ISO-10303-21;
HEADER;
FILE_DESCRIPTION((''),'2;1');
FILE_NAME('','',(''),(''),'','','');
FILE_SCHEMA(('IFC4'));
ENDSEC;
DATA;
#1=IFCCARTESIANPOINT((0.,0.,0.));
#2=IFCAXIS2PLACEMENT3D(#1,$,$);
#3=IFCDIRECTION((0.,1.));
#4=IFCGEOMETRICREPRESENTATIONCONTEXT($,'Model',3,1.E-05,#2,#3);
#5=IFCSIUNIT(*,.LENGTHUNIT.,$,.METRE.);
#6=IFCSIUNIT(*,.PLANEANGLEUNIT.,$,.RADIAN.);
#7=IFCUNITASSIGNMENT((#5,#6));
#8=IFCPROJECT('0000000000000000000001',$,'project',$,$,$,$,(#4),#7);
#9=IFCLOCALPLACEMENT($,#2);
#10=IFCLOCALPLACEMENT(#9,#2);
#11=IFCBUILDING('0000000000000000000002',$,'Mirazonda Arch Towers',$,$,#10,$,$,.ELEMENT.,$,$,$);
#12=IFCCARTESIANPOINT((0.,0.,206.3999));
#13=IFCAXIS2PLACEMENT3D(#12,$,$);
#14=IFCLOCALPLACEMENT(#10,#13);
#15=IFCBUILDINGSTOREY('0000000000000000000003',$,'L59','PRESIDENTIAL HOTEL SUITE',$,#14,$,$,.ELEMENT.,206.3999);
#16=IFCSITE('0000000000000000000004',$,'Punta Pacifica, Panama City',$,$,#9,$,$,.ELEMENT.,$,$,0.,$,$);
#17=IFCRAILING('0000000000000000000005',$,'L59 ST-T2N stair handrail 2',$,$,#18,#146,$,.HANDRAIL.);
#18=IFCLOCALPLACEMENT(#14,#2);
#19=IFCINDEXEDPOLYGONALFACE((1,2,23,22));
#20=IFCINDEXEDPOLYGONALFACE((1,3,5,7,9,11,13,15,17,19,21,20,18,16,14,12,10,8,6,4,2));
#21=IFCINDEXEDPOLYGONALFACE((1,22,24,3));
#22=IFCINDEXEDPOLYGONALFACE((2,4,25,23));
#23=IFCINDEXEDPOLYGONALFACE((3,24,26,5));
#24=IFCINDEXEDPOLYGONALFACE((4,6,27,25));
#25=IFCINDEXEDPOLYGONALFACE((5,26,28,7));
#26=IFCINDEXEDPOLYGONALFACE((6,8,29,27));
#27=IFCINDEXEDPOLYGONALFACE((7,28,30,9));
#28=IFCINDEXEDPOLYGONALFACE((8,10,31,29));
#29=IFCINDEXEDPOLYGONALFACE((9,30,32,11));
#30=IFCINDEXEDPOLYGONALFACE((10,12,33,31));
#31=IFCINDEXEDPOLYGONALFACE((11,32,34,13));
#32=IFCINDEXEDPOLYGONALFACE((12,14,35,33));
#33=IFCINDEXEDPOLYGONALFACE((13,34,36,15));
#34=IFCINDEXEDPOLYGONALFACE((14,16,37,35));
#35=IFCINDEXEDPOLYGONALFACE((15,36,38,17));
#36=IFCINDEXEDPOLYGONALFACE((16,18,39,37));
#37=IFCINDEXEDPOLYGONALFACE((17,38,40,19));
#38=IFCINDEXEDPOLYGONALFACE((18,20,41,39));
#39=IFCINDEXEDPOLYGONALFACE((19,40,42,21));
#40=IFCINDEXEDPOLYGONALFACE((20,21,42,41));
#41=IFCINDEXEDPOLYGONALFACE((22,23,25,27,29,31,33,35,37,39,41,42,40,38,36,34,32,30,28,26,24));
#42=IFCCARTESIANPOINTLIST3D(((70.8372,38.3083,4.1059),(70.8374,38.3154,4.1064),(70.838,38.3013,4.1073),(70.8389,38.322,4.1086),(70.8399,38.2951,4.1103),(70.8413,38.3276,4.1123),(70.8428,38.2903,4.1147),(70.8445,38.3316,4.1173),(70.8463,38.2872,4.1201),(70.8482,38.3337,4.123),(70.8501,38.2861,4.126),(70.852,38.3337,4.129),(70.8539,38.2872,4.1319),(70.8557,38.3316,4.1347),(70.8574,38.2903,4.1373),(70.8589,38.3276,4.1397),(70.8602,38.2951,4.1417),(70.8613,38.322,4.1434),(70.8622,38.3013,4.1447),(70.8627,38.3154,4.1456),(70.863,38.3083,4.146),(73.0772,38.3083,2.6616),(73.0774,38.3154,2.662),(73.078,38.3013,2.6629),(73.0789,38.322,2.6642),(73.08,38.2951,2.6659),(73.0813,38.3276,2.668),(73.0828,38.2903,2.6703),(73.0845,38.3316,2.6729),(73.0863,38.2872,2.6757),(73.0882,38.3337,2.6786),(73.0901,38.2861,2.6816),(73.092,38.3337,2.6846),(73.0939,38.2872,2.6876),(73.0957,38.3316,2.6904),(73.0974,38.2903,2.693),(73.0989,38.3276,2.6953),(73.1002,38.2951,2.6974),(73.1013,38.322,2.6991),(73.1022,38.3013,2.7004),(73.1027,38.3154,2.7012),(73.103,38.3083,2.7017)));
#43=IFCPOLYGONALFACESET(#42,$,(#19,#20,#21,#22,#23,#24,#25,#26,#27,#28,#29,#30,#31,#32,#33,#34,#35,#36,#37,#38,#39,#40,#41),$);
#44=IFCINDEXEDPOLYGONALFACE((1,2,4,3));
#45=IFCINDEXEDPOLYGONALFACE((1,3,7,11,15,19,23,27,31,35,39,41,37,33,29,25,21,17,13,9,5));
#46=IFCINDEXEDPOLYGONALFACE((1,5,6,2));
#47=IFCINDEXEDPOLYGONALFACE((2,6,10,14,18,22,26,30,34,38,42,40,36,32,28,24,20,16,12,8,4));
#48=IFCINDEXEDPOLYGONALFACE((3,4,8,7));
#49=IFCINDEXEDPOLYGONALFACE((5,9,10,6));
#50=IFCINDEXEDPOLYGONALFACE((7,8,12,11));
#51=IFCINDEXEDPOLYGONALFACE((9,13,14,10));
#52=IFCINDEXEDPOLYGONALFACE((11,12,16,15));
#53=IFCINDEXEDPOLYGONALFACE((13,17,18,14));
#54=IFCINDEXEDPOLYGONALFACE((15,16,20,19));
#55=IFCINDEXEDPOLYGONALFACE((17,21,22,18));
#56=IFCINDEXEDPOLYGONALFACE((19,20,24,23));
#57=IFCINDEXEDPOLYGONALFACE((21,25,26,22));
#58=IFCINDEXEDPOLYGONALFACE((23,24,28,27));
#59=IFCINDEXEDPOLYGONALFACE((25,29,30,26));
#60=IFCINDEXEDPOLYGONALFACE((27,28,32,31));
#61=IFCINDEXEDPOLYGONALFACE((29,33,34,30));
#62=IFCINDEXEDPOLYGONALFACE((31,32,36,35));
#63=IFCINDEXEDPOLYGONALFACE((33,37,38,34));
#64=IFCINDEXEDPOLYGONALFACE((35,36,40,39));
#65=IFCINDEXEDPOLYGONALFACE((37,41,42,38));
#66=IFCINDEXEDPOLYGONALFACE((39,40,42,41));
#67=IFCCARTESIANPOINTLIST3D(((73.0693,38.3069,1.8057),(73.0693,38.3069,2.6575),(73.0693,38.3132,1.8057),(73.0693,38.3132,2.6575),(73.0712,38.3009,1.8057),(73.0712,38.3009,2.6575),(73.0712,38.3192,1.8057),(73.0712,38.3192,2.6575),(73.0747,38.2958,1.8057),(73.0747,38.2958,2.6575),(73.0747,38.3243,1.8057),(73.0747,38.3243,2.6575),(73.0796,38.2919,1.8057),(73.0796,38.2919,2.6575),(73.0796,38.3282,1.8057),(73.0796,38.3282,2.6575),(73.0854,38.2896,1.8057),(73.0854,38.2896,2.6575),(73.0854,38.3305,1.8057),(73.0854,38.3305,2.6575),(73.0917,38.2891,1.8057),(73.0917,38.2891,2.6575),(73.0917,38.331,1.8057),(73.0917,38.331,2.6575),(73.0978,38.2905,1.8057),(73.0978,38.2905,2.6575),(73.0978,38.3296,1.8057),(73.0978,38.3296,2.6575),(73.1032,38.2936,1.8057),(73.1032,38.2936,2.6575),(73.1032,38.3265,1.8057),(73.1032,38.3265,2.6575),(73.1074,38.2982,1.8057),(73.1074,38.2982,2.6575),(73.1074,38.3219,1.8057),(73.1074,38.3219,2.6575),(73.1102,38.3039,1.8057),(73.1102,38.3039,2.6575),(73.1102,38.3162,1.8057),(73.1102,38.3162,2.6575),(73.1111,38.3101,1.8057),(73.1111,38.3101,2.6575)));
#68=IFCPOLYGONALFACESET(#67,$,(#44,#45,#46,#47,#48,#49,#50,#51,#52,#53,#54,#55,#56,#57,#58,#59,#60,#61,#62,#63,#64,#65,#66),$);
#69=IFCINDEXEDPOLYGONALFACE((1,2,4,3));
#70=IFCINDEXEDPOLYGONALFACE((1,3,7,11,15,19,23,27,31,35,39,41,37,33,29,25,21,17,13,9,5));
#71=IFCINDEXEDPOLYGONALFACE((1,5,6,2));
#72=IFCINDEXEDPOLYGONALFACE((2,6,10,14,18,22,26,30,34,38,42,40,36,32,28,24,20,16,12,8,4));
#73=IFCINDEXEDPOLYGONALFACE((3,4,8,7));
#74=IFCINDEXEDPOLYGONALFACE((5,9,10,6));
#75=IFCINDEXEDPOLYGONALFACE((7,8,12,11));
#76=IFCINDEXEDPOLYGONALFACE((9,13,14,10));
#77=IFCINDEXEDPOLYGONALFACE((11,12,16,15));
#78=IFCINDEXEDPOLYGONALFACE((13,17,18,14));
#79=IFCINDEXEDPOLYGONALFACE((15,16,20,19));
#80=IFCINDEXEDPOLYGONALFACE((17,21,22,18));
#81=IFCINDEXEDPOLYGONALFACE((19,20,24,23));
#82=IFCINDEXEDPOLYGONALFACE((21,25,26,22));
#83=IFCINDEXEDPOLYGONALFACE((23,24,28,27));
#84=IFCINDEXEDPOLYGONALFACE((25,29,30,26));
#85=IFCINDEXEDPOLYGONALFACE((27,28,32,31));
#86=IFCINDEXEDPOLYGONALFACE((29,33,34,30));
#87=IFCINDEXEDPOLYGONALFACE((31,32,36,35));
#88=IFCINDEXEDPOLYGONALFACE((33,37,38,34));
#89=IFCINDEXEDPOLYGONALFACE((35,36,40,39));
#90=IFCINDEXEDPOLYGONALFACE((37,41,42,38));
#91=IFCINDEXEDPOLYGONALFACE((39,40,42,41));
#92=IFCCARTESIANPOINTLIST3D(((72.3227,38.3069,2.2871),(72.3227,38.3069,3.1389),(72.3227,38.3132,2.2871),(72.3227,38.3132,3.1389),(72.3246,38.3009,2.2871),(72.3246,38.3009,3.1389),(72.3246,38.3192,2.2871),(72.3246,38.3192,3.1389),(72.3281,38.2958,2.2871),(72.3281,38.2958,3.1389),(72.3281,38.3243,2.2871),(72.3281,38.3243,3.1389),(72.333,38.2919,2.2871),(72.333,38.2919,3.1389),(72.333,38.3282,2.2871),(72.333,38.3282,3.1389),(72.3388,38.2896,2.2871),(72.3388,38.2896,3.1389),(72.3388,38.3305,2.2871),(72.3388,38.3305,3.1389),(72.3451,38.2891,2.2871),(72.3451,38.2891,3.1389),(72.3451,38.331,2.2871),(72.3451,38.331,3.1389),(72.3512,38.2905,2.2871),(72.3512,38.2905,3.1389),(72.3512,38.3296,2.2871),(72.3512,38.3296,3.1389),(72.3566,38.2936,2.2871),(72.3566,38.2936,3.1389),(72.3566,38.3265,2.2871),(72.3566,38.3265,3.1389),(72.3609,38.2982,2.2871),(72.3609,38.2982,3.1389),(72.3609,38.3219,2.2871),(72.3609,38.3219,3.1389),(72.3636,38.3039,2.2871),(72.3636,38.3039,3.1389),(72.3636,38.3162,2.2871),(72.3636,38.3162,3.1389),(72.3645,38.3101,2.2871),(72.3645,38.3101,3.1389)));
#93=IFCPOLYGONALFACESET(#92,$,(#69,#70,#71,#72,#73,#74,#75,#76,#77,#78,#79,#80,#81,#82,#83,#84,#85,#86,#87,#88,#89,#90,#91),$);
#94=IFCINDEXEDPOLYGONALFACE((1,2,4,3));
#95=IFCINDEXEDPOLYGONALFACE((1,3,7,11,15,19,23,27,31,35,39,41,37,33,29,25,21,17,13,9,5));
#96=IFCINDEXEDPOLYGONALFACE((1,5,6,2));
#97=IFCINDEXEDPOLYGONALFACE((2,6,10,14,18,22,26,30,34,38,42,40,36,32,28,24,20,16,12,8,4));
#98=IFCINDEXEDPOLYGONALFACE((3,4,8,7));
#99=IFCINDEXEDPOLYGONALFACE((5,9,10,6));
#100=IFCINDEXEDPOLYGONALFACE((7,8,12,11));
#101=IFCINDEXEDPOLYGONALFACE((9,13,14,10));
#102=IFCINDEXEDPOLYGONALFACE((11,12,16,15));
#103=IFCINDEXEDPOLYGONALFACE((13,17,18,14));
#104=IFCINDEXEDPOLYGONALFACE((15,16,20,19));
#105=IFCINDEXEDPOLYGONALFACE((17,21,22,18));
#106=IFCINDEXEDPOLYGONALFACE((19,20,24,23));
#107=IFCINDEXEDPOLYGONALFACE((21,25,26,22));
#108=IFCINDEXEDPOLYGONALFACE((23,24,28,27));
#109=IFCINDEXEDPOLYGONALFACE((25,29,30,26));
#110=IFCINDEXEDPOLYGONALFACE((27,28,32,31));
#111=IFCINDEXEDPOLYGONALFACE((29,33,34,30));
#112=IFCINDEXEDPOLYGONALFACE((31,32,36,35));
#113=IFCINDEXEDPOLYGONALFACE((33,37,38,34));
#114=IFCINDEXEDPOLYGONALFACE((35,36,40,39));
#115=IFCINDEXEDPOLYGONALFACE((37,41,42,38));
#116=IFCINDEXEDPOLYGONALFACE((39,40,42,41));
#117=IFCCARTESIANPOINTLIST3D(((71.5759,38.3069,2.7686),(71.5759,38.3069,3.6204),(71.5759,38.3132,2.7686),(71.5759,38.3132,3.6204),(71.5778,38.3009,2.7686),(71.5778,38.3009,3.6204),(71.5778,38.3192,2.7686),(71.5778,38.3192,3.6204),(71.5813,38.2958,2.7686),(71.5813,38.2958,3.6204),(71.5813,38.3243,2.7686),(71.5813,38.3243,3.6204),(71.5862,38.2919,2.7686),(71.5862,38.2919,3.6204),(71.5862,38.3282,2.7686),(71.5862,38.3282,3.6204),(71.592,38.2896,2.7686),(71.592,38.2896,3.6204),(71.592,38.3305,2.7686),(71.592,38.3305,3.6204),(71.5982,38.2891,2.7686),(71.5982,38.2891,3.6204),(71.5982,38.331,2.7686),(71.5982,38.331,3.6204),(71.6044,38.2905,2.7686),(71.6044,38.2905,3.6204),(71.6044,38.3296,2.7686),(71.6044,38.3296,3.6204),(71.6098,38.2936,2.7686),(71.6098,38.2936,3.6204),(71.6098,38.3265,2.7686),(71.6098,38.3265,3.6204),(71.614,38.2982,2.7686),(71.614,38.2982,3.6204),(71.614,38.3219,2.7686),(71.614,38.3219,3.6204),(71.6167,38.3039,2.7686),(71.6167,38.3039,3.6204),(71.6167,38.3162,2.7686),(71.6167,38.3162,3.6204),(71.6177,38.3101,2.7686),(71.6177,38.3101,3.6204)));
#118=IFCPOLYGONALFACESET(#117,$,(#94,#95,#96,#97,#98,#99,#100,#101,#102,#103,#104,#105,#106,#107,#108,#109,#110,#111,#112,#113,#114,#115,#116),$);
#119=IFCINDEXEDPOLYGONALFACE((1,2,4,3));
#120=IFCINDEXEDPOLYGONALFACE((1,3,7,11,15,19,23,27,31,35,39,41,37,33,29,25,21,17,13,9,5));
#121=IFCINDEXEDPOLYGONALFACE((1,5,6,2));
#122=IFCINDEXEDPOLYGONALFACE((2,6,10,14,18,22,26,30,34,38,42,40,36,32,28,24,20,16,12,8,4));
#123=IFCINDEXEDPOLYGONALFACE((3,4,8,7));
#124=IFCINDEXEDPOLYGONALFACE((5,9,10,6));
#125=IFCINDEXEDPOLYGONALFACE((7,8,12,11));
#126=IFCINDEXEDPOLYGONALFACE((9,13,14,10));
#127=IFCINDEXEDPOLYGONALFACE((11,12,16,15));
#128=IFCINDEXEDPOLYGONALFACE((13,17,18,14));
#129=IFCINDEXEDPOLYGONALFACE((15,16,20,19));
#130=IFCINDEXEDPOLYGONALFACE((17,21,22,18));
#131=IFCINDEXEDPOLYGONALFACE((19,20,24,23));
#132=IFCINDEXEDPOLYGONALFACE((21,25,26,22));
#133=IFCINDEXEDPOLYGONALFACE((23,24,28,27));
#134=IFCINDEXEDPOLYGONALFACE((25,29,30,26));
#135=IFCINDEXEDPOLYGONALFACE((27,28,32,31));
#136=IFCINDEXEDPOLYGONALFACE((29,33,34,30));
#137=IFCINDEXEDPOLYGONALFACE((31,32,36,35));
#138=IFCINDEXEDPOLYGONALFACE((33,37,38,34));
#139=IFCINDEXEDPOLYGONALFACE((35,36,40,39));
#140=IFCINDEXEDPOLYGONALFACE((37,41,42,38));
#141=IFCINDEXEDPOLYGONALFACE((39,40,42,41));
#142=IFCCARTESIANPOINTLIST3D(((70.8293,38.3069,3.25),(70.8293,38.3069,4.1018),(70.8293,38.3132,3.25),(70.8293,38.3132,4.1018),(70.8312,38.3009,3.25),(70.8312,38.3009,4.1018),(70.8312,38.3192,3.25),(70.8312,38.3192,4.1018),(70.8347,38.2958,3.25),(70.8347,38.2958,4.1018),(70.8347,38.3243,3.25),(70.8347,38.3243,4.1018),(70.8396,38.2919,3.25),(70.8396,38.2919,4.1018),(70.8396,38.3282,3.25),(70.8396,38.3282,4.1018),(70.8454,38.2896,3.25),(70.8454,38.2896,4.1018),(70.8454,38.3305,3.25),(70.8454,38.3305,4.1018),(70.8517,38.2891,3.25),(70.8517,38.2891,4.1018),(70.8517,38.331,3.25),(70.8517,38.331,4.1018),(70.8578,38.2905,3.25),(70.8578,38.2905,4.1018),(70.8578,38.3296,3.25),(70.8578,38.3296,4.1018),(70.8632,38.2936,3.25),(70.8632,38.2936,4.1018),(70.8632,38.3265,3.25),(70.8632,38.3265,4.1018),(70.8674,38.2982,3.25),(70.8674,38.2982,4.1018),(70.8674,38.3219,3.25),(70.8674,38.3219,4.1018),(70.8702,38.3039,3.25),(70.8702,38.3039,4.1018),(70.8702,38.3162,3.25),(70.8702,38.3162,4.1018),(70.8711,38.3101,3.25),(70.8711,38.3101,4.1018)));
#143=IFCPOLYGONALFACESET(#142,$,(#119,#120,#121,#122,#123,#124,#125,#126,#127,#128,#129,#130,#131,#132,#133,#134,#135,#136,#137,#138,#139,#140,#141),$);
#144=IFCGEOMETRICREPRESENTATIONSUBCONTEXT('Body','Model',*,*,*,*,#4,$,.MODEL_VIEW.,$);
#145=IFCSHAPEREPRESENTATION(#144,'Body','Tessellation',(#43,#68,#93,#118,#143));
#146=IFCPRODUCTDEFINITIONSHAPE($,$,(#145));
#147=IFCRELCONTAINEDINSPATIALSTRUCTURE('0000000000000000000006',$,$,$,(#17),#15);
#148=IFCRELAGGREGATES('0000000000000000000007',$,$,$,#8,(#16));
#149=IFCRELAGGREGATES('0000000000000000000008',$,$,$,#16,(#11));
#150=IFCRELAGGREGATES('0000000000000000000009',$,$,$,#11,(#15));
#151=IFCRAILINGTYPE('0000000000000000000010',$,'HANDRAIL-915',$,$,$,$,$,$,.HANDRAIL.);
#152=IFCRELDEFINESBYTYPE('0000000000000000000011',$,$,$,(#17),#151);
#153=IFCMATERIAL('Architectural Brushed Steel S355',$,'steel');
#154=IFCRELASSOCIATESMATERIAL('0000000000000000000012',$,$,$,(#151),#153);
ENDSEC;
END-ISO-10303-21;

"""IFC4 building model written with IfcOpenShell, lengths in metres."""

from ifc_helpers import new_model, si_unit, direction, frame, origin, origin_2d, place, context, subcontext, project, spatial, circle, extrude, material, type_object, element, save


model = new_model("IFC4")

# Units and contexts
model_context = context("Model", 3, precision=1e-05, world=origin(), true_north=direction((0.0, 1.0)))
body_context = subcontext(model_context, "Body", "Model", "MODEL_VIEW")
ifc_project = project(units=[si_unit("LENGTHUNIT", "METRE"), si_unit("PLANEANGLEUNIT", "RADIAN")], contexts=[model_context])

# Site, building, storey
site_placement = place(None, origin())
site = spatial("IfcSite", under=ifc_project, at=site_placement, Name="Punta Pacifica, Panama City", CompositionType="ELEMENT", RefElevation=0.0)
building_placement = place(site_placement, origin())
building = spatial("IfcBuilding", under=site, at=building_placement, Name="Mirazonda Arch Towers", CompositionType="ELEMENT")
storey_placement = place(building_placement, frame((0.0, 0.0, 206.3999)))
storey = spatial("IfcBuildingStorey", under=building, at=storey_placement, Name="L59", Description="PRESIDENTIAL HOTEL SUITE", CompositionType="ELEMENT", Elevation=206.3999)

# Railing
ifc_material_1 = material(Name="Architectural Brushed Steel S355", Category="steel")
railing_type_1 = type_object("IfcRailingType", Name="HANDRAIL-915", PredefinedType="HANDRAIL", material=ifc_material_1)
railing_1_placement = place(storey_placement, frame((73.0901, 38.3101, 1.8057)))
element("IfcRailing", 1, at=railing_1_placement, inside=storey, type_object=railing_type_1, Name="L59 ST-T2N stair handrail 2", PredefinedType="HANDRAIL", context=body_context, shape_type="SweptSolid", body=[
    extrude(circle(Radius=0.0239, at=origin_2d()), frame((0.0, 0.0, 0.876), z_axis=(-0.840437, 0.0, 0.54191), x_axis=(0.0, -1.0, 0.0)), (0.0, 0.0, 1.0), 2.6653),
    extrude(circle(Radius=0.021, at=origin_2d()), origin(), (0.0, 0.0, 1.0), 0.8518),
    extrude(circle(Radius=0.021, at=origin_2d()), frame((-0.7466, 0.0, 0.4814)), (0.0, 0.0, 1.0), 0.8518),
    extrude(circle(Radius=0.021, at=origin_2d()), frame((-1.4934, 0.0, 0.9629)), (0.0, 0.0, 1.0), 0.8518),
    extrude(circle(Radius=0.021, at=origin_2d()), frame((-2.24, 0.0, 1.4443)), (0.0, 0.0, 1.0), 0.8518),
])

save(model, "model.ifc")
